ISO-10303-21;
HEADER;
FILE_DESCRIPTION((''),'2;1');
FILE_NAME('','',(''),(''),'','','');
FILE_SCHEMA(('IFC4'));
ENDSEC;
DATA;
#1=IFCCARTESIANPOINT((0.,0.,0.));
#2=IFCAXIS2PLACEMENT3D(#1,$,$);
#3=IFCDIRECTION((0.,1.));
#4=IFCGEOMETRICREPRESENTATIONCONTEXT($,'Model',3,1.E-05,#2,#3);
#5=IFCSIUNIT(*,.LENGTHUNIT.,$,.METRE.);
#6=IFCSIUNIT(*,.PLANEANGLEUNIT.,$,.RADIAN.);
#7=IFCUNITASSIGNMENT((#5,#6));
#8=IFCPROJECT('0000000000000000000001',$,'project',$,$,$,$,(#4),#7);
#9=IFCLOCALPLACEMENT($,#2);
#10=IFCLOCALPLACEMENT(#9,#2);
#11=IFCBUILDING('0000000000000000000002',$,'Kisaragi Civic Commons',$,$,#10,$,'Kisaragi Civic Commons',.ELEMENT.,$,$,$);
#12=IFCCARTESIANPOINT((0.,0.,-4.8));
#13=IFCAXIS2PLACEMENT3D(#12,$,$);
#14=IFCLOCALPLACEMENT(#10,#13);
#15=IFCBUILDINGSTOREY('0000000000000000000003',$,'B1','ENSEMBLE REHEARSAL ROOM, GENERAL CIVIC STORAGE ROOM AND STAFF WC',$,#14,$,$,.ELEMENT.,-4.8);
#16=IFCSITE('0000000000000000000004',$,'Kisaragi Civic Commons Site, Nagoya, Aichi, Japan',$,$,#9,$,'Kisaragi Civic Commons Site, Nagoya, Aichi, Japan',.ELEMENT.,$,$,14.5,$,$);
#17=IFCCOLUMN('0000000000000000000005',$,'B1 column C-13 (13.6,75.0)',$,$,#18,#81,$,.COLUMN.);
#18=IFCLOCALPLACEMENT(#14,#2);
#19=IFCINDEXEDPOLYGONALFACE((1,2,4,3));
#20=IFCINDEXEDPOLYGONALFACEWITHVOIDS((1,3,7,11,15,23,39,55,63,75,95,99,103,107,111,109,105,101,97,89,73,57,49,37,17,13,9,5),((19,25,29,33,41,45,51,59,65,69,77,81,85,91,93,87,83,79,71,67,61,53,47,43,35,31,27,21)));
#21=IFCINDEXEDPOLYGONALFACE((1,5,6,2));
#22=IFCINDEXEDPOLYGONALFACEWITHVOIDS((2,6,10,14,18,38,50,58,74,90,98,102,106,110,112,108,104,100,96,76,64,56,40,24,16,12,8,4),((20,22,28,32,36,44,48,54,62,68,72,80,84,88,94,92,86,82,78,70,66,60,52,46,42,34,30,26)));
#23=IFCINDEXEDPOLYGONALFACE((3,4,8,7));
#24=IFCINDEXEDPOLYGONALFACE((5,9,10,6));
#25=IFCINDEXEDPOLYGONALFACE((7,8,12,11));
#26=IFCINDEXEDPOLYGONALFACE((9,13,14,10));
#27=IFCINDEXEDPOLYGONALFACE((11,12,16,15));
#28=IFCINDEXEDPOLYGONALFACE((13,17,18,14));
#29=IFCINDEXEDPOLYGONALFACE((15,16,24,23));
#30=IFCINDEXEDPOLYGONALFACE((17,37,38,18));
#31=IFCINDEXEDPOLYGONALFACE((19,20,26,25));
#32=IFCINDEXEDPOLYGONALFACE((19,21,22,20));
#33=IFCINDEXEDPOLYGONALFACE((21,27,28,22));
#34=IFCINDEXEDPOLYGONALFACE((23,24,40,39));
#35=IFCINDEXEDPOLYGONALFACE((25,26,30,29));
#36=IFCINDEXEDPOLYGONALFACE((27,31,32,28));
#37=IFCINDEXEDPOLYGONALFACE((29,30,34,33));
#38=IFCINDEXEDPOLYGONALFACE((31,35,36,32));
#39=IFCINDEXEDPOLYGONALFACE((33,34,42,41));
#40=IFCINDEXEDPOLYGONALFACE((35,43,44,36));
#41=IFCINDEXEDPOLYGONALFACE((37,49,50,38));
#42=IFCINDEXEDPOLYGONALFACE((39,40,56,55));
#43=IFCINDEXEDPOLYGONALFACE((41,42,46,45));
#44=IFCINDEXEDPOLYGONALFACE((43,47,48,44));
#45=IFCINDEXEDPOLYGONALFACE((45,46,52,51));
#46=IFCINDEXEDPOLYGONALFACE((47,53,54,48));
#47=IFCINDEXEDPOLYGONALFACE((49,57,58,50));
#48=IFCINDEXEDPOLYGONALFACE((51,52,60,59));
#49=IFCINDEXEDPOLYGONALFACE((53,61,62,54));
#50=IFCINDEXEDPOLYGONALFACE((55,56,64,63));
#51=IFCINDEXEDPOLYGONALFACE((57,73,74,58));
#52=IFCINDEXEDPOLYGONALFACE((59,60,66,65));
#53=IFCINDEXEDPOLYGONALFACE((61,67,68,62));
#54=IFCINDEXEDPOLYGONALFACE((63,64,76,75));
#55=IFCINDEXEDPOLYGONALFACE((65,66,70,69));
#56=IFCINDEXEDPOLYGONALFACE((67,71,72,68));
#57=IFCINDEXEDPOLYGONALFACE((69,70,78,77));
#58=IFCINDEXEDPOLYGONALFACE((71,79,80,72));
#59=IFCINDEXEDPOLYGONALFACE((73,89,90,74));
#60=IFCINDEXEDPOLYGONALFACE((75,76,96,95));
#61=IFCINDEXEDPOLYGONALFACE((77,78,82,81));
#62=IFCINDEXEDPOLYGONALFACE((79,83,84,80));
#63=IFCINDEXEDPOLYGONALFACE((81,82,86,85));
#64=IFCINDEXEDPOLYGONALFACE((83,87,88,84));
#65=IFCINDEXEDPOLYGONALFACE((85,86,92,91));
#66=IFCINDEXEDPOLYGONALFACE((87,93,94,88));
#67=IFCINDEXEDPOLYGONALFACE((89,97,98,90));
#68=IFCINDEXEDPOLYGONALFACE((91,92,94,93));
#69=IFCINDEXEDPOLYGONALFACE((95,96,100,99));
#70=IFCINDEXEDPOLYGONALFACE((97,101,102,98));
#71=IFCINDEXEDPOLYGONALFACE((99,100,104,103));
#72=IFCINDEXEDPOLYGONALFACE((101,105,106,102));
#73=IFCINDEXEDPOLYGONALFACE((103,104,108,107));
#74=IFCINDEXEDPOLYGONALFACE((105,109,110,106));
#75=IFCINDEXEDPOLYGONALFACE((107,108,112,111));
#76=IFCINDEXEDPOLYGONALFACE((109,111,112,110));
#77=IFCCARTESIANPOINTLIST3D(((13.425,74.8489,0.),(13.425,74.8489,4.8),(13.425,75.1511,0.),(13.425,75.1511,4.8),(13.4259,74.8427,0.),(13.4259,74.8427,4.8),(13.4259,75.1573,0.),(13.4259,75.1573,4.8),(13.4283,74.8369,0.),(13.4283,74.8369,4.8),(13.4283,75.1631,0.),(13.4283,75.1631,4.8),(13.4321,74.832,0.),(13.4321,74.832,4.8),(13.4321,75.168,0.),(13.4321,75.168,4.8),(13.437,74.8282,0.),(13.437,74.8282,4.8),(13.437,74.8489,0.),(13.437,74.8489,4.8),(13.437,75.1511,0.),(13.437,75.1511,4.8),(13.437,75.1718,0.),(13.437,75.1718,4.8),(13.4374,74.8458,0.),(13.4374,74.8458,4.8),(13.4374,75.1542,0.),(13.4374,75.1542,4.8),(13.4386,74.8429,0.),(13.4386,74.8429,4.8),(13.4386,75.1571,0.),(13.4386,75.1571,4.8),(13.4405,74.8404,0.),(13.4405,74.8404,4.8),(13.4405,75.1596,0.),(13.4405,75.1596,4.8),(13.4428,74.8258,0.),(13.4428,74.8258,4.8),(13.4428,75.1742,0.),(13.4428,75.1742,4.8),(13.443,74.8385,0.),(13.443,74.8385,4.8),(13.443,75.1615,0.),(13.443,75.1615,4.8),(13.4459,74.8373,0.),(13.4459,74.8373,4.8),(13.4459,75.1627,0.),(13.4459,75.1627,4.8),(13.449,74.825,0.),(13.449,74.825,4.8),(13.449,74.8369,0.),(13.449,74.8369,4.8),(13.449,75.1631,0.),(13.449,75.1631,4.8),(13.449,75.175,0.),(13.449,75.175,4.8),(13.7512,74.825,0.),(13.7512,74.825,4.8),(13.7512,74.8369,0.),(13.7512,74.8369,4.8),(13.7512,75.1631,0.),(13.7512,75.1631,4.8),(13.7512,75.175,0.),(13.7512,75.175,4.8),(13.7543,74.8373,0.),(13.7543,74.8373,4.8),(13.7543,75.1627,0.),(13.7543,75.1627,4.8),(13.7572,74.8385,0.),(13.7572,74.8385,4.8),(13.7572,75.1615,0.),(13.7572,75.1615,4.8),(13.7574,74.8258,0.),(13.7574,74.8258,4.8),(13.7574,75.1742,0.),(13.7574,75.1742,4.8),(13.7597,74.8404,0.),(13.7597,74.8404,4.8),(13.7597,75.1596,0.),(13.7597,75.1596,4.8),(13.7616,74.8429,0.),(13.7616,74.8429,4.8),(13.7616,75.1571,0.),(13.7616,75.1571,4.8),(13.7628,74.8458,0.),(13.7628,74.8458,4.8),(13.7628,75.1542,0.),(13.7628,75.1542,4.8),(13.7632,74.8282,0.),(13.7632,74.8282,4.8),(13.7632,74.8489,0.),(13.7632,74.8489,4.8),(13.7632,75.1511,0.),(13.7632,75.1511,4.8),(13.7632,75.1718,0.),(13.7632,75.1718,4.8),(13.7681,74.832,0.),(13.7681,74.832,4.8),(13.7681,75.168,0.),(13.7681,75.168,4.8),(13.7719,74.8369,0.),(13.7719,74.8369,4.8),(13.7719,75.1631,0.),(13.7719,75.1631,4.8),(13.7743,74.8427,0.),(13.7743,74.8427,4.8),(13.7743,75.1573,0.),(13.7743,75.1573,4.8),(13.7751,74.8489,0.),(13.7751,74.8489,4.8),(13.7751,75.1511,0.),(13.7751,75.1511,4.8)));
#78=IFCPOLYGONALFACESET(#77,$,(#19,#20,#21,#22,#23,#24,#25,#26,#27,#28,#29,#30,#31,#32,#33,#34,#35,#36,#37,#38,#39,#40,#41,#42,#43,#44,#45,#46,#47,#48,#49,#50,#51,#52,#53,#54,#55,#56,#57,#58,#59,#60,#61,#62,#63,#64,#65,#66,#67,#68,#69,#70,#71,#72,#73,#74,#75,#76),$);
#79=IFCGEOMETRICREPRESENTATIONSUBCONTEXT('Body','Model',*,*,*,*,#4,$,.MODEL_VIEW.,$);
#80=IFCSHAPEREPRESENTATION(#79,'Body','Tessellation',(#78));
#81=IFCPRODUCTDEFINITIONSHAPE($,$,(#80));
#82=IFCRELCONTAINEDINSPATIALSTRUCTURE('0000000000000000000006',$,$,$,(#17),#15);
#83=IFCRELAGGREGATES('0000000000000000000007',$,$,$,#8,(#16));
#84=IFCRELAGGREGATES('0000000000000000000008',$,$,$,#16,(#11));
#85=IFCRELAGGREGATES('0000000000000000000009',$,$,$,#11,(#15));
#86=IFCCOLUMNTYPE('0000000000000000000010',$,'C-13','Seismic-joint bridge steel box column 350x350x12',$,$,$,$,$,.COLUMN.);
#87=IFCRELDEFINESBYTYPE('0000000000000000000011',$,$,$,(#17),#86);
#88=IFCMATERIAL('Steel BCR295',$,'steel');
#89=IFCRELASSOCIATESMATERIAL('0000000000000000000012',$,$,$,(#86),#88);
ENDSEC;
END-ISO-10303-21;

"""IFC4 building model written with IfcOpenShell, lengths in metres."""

from ifc_helpers import new_model, si_unit, direction, frame, origin, origin_2d, place, context, subcontext, project, spatial, hollow_rectangle, extrude, material, material_profile, profile_set, type_object, element, save


model = new_model("IFC4")

# Units and contexts
model_context = context("Model", 3, precision=1e-05, world=origin(), true_north=direction((0.0, 1.0)))
body_context = subcontext(model_context, "Body", "Model", "MODEL_VIEW")
ifc_project = project(units=[si_unit("LENGTHUNIT", "METRE"), si_unit("PLANEANGLEUNIT", "RADIAN")], contexts=[model_context])

# Site, building, storey
site_placement = place(None, origin())
site = spatial("IfcSite", under=ifc_project, at=site_placement, Name="Kisaragi Civic Commons Site, Nagoya, Aichi, Japan", LongName="Kisaragi Civic Commons Site, Nagoya, Aichi, Japan", CompositionType="ELEMENT", RefElevation=14.5)
building_placement = place(site_placement, origin())
building = spatial("IfcBuilding", under=site, at=building_placement, Name="Kisaragi Civic Commons", LongName="Kisaragi Civic Commons", CompositionType="ELEMENT")
storey_placement = place(building_placement, frame((0.0, 0.0, -4.8)))
storey = spatial("IfcBuildingStorey", under=building, at=storey_placement, Name="B1", Description="ENSEMBLE REHEARSAL ROOM, GENERAL CIVIC STORAGE ROOM AND STAFF WC", CompositionType="ELEMENT", Elevation=-4.8)

# Column
ifc_material_1 = material(Name="Steel BCR295", Category="steel")
ifc_material_profile_1 = material_profile(ifc_material_1, hollow_rectangle(XDim=0.3501, YDim=0.3501, WallThickness=0.012, InnerFilletRadius=0.012, OuterFilletRadius=0.0239, at=origin_2d()), Name="BCR-350x350x12", Category="steel")
ifc_profile_set_1 = profile_set([ifc_material_profile_1], Name="Steel BCR295")
column_type_1 = type_object("IfcColumnType", Name="C-13", Description="Seismic-joint bridge steel box column 350x350x12", PredefinedType="COLUMN", material=ifc_profile_set_1)
for number, where, z_axis, x_axis, name in (
    (1, (13.6001, 75.0, 0.0), (0.0, 0.0, 1.0), (1.0, 0.0, 0.0), "B1 column C-13 (13.6,75.0)"),
):
    element("IfcColumn", number, at=place(storey_placement, frame(where, z_axis=z_axis, x_axis=x_axis)), inside=storey, type_object=column_type_1, Name=name, PredefinedType="COLUMN", context=body_context, shape_type="SweptSolid", body=[
        extrude(hollow_rectangle(XDim=0.3501, YDim=0.3501, WallThickness=0.012, InnerFilletRadius=0.012, OuterFilletRadius=0.0239, at=origin_2d()), origin(), (0.0, 0.0, 1.0), 4.8),
    ])

save(model, "model.ifc")
